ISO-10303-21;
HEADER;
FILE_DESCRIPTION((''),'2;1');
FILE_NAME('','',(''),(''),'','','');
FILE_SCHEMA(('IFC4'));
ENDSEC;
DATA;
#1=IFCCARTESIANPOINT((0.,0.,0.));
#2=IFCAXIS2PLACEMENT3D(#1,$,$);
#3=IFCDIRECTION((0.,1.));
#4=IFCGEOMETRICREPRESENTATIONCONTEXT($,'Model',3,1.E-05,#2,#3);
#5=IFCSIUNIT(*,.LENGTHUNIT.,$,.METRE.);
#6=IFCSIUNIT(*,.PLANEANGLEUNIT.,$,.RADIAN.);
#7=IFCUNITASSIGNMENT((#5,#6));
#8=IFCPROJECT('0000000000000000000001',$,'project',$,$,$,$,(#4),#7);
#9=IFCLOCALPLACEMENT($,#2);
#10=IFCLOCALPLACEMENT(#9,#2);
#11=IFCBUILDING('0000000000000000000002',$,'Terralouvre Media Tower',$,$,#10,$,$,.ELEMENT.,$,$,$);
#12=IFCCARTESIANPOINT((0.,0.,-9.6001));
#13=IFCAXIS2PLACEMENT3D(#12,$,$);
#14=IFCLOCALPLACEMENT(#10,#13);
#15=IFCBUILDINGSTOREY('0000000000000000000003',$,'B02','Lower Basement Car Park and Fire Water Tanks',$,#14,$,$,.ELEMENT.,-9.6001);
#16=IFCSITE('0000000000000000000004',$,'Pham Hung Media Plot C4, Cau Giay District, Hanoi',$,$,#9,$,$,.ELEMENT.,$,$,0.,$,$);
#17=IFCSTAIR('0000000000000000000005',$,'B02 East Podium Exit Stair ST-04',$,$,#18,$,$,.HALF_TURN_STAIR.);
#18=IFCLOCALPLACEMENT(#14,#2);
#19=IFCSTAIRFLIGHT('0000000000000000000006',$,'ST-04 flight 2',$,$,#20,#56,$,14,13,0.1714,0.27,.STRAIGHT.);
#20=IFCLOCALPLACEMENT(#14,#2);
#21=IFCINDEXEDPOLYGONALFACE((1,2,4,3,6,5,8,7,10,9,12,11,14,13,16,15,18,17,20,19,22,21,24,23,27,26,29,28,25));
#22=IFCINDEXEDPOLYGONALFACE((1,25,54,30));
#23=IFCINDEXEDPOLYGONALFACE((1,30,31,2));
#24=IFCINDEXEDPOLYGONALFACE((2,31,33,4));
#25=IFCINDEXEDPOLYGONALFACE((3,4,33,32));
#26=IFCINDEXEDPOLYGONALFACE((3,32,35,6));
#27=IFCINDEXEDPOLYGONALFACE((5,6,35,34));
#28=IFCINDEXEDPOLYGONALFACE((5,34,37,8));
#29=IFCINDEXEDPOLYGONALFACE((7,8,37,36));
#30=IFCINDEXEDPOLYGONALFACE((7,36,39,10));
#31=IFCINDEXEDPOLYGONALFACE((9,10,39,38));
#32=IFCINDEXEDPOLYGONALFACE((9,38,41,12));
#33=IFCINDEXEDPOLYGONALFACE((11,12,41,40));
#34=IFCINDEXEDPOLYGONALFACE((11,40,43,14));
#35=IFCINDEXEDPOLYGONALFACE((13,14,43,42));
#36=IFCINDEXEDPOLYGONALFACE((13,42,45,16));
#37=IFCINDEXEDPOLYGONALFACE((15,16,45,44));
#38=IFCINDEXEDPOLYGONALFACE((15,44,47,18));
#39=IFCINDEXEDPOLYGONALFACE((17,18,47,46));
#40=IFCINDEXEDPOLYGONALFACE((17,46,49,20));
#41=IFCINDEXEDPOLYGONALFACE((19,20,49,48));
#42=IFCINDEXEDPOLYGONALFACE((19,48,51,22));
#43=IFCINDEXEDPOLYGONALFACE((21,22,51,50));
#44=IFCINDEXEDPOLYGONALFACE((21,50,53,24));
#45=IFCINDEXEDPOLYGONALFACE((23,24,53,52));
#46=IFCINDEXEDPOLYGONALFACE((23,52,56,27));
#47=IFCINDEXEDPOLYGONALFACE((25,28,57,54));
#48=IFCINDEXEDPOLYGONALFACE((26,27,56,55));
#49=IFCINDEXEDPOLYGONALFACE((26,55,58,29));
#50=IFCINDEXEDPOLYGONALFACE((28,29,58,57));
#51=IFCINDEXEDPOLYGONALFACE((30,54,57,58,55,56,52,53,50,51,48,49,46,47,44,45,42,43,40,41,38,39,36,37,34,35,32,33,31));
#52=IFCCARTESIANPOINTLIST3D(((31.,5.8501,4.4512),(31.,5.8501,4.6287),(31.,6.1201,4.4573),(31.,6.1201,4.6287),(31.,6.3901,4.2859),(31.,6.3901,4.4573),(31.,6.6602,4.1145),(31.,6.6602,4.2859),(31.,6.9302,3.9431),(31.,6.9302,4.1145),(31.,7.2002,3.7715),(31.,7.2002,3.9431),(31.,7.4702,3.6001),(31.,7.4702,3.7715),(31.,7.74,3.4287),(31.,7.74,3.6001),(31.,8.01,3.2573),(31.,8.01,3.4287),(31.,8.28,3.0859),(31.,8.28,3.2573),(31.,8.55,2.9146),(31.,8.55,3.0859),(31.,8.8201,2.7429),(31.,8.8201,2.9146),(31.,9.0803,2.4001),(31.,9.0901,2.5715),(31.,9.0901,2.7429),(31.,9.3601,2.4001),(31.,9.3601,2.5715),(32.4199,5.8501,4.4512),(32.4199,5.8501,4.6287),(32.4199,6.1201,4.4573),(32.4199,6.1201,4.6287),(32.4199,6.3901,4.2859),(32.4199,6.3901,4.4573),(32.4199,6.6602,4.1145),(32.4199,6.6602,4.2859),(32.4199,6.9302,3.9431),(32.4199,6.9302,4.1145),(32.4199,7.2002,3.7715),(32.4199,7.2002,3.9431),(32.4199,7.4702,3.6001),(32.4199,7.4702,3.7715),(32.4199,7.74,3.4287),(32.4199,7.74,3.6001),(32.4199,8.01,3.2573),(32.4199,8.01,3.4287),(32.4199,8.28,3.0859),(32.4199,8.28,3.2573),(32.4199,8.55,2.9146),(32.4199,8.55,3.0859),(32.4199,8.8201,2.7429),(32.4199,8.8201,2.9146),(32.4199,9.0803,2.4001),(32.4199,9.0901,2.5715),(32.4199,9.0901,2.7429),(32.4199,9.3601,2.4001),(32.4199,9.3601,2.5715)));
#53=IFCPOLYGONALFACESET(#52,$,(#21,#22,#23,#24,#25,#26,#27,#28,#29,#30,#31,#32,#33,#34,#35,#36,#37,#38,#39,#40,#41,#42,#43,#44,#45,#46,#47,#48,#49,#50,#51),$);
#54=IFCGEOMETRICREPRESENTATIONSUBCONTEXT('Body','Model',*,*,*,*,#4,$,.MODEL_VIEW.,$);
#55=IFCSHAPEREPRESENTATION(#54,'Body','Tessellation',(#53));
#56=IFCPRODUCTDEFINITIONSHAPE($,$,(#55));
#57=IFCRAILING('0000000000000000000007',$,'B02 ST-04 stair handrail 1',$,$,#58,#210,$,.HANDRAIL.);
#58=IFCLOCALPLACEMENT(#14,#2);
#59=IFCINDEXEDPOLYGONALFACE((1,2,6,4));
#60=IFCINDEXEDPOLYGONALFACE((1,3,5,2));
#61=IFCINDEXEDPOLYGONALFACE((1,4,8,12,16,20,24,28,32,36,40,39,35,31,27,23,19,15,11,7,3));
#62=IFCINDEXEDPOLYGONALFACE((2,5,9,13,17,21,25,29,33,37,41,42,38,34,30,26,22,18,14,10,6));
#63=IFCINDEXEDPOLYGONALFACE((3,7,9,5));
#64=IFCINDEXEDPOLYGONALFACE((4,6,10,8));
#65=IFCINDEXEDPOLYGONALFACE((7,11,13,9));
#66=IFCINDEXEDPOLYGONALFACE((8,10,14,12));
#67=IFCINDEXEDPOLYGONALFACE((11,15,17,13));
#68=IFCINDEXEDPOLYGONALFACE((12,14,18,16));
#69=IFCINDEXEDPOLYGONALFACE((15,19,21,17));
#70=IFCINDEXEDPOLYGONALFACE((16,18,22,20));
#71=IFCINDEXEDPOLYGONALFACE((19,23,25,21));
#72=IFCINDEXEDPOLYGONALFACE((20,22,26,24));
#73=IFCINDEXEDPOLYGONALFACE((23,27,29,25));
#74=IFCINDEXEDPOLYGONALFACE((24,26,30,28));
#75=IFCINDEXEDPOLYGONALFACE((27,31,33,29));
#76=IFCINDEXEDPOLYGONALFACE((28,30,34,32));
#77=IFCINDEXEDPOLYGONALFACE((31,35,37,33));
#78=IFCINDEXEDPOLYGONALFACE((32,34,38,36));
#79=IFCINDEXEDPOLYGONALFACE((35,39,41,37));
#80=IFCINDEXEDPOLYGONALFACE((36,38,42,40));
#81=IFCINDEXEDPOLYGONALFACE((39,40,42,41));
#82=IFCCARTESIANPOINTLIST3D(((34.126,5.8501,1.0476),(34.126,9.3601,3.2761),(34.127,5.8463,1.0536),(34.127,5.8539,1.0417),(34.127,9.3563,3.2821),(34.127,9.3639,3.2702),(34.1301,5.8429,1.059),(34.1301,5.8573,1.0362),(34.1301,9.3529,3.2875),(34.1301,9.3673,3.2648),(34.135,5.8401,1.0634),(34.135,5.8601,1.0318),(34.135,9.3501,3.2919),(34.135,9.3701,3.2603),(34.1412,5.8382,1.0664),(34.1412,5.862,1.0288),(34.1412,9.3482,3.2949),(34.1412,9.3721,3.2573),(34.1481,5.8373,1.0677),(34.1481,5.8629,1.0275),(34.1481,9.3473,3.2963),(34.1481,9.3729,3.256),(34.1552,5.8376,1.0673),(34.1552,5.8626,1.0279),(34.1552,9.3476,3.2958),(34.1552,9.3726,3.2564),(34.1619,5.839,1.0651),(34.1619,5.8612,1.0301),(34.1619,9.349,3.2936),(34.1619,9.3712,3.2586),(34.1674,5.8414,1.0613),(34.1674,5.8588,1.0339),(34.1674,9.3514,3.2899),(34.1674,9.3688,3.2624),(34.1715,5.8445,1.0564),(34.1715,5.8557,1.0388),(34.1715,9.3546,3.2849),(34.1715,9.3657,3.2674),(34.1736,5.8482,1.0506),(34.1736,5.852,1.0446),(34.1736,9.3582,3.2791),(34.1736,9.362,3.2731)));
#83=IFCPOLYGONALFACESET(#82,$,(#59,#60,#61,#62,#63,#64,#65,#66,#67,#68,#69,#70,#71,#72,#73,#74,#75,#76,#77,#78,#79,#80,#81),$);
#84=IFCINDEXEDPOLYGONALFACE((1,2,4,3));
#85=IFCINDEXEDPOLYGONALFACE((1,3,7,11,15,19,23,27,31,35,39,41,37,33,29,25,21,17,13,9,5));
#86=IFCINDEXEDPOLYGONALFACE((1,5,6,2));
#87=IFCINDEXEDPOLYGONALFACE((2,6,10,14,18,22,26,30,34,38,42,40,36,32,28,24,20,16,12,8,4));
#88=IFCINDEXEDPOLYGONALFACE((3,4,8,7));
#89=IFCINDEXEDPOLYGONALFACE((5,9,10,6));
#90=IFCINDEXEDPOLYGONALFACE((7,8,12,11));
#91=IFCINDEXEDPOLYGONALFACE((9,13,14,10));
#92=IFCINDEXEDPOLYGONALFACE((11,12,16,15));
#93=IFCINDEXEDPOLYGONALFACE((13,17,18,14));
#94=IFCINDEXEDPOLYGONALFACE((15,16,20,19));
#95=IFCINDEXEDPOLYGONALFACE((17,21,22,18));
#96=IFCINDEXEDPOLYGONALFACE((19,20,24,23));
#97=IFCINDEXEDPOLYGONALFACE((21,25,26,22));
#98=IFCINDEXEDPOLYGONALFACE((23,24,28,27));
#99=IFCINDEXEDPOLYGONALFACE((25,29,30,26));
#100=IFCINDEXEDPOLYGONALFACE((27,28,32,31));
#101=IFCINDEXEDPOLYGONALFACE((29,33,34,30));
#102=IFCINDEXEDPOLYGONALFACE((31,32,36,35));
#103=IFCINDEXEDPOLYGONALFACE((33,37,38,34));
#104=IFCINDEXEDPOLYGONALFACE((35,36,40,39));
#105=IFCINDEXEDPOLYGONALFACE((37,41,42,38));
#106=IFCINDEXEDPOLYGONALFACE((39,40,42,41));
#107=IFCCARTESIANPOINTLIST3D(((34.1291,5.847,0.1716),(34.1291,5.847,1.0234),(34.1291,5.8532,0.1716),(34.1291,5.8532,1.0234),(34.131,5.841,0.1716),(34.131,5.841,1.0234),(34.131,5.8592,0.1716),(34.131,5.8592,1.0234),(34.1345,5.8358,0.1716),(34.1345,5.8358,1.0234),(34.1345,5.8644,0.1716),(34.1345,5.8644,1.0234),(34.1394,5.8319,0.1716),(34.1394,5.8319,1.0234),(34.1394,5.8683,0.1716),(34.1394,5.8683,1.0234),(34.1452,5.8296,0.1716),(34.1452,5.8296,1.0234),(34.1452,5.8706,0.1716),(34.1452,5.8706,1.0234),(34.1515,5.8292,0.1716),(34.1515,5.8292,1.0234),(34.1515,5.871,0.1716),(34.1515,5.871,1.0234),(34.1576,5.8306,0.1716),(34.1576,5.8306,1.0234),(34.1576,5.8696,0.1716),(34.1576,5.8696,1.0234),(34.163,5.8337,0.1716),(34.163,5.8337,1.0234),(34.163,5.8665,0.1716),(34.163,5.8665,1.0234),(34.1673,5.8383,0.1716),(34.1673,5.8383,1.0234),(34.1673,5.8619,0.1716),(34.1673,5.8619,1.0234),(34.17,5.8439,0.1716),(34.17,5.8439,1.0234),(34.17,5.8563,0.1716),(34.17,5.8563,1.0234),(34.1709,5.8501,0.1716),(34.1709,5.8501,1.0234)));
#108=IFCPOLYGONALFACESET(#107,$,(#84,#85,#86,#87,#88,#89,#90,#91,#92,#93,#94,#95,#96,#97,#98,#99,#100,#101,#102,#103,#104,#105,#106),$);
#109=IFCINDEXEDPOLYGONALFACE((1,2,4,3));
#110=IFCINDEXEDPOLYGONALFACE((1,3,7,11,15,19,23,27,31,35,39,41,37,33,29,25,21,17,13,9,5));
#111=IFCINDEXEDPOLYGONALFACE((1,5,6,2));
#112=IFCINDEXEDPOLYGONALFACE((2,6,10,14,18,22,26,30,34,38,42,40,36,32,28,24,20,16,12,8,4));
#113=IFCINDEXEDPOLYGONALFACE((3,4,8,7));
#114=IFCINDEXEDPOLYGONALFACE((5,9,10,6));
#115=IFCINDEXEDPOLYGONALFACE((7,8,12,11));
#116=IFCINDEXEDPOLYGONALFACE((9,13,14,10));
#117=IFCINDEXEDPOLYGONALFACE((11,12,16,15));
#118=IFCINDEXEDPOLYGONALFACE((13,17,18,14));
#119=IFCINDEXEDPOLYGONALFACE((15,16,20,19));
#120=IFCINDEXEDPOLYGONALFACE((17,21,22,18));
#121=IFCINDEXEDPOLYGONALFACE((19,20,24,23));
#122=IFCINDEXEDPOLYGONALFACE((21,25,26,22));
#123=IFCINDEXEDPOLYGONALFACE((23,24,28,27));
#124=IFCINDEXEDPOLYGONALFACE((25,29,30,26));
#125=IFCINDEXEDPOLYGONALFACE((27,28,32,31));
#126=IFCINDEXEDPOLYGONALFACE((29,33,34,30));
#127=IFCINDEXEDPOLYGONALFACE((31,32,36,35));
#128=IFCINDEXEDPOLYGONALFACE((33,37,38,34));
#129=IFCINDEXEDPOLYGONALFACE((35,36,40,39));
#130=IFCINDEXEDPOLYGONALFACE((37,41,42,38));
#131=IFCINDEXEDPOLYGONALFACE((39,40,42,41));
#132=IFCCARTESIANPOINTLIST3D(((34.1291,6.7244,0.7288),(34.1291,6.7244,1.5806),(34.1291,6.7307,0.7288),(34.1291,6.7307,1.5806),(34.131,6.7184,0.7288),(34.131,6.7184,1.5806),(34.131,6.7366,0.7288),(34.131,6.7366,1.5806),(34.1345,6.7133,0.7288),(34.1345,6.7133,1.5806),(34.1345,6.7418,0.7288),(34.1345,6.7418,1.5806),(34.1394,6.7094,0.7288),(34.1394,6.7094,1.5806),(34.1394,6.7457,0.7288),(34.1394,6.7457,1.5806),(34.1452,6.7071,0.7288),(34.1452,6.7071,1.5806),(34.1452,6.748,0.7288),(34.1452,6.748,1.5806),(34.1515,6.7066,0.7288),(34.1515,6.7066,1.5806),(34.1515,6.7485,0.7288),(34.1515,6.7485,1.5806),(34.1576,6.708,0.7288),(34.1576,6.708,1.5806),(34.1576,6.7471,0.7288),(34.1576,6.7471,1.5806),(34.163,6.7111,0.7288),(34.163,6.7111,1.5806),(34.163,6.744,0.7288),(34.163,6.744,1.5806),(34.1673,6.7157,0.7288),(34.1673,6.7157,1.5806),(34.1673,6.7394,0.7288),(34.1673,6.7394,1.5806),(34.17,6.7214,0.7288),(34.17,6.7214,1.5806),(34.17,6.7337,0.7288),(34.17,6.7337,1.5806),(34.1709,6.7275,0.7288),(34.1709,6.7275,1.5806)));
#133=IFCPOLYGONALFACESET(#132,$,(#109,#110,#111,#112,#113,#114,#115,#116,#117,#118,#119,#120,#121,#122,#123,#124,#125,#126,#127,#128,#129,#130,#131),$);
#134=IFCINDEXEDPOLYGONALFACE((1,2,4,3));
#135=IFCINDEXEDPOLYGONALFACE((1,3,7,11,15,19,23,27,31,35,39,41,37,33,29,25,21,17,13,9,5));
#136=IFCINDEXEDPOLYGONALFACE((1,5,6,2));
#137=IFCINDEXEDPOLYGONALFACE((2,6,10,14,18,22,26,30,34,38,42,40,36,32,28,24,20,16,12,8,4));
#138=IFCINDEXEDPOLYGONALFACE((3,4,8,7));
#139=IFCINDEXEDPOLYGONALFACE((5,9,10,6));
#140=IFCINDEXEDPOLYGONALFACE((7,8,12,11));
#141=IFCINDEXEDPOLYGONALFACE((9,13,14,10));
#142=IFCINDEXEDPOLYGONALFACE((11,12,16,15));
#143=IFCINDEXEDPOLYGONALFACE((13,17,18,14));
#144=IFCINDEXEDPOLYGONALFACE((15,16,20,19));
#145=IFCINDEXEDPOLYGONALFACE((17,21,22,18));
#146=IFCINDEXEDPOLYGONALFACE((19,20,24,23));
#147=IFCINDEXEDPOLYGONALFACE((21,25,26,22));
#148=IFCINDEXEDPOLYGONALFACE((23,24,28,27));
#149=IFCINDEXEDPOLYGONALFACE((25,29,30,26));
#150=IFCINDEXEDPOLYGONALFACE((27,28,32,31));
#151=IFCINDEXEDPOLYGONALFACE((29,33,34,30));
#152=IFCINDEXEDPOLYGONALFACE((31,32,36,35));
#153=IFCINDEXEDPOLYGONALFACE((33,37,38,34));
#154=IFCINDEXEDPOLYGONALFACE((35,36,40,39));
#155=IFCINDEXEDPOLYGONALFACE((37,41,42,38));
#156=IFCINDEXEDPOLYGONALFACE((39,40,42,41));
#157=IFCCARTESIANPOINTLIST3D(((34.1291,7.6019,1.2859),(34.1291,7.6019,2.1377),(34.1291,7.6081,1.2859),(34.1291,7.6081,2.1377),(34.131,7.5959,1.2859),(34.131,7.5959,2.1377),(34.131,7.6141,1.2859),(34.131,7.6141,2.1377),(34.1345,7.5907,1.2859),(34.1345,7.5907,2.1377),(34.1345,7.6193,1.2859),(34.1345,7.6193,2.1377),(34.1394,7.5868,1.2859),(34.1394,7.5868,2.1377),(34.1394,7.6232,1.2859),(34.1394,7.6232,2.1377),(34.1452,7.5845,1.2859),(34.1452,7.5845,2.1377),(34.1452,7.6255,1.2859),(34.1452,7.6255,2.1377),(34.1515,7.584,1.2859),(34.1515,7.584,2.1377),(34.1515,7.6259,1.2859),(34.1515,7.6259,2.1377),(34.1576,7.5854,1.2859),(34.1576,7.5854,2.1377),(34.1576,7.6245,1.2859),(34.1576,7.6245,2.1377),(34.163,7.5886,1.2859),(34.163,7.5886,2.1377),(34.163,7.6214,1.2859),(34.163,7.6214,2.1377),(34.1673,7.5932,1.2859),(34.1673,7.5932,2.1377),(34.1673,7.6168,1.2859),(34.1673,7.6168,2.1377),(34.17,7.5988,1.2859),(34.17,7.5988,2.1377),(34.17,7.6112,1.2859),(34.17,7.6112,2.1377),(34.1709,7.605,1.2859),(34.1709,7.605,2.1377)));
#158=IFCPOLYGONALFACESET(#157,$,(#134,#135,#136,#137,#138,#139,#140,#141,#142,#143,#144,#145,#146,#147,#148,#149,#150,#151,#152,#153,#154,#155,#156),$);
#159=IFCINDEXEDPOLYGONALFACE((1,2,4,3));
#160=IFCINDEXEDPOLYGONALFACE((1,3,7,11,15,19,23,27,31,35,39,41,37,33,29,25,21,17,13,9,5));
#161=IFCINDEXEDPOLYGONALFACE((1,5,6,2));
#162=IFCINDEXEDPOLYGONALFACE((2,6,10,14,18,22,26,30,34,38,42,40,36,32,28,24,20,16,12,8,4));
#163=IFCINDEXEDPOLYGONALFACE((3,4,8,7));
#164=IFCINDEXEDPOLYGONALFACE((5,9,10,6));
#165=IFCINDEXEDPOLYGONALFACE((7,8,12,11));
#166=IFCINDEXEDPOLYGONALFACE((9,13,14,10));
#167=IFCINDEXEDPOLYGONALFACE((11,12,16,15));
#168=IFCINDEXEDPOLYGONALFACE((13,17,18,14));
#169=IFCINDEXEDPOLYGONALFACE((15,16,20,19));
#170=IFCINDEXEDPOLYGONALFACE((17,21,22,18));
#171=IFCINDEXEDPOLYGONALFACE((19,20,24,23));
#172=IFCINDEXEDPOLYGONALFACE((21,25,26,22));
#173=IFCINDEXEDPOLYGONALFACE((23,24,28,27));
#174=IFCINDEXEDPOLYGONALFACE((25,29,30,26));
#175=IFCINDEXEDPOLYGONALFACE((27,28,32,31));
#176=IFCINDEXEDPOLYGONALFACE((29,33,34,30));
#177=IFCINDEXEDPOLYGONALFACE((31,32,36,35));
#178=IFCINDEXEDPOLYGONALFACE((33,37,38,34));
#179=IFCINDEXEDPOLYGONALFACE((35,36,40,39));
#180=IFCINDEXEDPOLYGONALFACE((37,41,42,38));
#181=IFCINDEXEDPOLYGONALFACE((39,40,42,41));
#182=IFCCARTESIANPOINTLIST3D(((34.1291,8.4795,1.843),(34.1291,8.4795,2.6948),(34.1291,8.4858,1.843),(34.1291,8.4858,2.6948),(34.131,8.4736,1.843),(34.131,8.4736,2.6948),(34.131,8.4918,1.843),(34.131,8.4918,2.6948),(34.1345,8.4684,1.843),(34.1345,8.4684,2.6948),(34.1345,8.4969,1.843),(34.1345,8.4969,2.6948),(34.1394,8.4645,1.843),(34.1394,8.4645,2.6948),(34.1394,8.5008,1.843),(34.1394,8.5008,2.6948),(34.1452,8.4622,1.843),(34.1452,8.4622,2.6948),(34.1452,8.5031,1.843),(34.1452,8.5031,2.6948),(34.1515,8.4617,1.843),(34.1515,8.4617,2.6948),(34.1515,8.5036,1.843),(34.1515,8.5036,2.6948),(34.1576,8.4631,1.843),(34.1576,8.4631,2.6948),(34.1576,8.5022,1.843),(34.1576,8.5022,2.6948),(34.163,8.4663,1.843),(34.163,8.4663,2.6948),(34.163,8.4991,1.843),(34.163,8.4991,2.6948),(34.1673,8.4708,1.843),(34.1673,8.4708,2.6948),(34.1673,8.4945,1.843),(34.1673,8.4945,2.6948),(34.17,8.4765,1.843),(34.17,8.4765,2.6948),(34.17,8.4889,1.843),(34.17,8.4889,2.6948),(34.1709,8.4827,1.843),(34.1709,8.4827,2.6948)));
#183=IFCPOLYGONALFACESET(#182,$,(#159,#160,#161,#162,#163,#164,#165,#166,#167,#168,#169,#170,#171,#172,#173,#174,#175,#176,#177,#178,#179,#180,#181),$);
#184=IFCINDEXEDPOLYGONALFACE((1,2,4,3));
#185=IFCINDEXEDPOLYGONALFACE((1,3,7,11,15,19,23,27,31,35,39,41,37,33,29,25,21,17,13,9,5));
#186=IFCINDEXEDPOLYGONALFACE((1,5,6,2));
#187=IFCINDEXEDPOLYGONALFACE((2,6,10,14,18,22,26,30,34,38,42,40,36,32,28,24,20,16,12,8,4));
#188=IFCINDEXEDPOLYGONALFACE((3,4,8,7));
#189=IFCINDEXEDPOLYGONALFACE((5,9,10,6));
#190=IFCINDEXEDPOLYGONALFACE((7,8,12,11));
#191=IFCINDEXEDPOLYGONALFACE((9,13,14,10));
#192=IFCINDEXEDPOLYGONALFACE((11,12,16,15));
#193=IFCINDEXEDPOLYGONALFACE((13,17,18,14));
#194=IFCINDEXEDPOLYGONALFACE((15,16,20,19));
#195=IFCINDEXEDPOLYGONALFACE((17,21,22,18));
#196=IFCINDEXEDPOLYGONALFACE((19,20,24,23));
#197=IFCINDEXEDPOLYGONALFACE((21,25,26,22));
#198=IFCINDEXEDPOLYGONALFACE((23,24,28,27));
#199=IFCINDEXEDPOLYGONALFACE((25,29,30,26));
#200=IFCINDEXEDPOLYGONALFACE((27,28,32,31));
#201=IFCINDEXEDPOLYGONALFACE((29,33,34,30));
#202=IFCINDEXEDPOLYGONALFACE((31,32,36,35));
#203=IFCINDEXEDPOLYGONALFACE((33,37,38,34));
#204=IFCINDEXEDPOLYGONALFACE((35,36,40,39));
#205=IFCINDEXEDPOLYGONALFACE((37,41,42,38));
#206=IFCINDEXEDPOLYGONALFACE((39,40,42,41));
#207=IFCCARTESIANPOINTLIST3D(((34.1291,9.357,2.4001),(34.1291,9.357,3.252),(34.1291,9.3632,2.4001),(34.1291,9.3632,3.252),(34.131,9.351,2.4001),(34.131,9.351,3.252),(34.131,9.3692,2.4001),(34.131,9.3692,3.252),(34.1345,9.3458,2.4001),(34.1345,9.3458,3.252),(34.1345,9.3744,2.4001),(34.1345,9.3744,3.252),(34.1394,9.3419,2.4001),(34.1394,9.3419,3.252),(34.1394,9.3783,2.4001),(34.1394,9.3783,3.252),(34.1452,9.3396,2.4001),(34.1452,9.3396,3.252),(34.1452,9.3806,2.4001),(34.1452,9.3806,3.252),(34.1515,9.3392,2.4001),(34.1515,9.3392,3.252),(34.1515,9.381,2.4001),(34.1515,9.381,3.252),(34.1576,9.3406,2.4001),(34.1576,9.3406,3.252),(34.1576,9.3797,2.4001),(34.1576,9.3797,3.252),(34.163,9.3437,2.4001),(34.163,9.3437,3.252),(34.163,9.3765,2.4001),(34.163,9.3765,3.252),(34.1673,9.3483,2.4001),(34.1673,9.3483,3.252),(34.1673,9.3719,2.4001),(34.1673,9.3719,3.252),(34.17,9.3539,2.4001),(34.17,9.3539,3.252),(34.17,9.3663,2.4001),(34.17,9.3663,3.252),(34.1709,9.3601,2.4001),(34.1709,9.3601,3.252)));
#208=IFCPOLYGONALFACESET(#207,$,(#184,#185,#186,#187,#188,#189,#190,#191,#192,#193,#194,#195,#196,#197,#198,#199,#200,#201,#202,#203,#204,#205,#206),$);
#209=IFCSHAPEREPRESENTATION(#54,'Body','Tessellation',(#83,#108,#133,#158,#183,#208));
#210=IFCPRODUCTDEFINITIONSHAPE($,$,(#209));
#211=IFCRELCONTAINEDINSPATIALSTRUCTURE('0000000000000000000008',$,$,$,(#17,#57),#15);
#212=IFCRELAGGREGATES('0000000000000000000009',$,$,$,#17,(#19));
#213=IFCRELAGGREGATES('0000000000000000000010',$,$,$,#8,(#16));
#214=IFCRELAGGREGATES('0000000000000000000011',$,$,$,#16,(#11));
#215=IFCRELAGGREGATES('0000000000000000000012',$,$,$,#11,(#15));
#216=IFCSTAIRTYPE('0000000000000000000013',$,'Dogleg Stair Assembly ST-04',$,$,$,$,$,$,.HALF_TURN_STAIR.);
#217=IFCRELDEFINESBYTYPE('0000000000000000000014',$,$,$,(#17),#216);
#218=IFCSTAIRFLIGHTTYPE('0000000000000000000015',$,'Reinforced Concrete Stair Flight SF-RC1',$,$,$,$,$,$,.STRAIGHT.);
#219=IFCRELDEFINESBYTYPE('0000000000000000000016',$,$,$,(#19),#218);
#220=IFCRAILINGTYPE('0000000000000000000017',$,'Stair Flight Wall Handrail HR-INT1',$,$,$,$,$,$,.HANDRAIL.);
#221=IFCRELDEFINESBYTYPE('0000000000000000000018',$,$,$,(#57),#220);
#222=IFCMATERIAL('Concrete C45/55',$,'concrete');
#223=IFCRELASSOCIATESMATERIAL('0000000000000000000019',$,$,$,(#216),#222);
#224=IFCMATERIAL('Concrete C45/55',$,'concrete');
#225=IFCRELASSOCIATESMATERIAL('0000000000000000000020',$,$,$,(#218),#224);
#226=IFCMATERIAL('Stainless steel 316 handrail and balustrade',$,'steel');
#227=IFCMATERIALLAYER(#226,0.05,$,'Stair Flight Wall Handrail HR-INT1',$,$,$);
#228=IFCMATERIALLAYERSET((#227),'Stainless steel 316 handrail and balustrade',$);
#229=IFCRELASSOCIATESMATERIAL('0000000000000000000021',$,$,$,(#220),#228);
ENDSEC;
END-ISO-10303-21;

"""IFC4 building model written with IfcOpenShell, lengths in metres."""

from ifc_helpers import new_model, si_unit, direction, frame, origin, origin_2d, place, context, subcontext, project, spatial, polyline, circle, outline, extrude, material, layer, layer_set, type_object, element, aggregate, save


model = new_model("IFC4")

# Units and contexts
model_context = context("Model", 3, precision=1e-05, world=origin(), true_north=direction((0.0, 1.0)))
body_context = subcontext(model_context, "Body", "Model", "MODEL_VIEW")
ifc_project = project(units=[si_unit("LENGTHUNIT", "METRE"), si_unit("PLANEANGLEUNIT", "RADIAN")], contexts=[model_context])

# Site, building, storey
site_placement = place(None, origin())
site = spatial("IfcSite", under=ifc_project, at=site_placement, Name="Pham Hung Media Plot C4, Cau Giay District, Hanoi", CompositionType="ELEMENT", RefElevation=0.0)
building_placement = place(site_placement, origin())
building = spatial("IfcBuilding", under=site, at=building_placement, Name="Terralouvre Media Tower", CompositionType="ELEMENT")
storey_placement = place(building_placement, frame((0.0, 0.0, -9.6001)))
storey = spatial("IfcBuildingStorey", under=building, at=storey_placement, Name="B02", Description="Lower Basement Car Park and Fire Water Tanks", CompositionType="ELEMENT", Elevation=-9.6001)

# Stair, stair flight
ifc_material_1 = material(Name="Concrete C45/55", Category="concrete")
stair_type = type_object("IfcStairType", Name="Dogleg Stair Assembly ST-04", PredefinedType="HALF_TURN_STAIR", material=ifc_material_1)
stair_placement = place(storey_placement, origin())
stair = element("IfcStair", 1, at=stair_placement, inside=storey, type_object=stair_type, Name="B02 East Podium Exit Stair ST-04", PredefinedType="HALF_TURN_STAIR")
ifc_material_2 = material(Name="Concrete C45/55", Category="concrete")
stair_flight_type = type_object("IfcStairFlightType", Name="Reinforced Concrete Stair Flight SF-RC1", PredefinedType="STRAIGHT", material=ifc_material_2)
stair_flight_1_placement = place(storey_placement, frame((31.71, 9.3601, 2.4001), z_axis=(0.0, 0.0, 1.0), x_axis=(0.0, -1.0, 0.0)))
stair_flight_1 = element("IfcStairFlight", 2, at=stair_flight_1_placement, type_object=stair_flight_type, Name="ST-04 flight 2", NumberOfRisers=14, NumberOfTreads=13, PredefinedType="STRAIGHT", RiserHeight=0.1714, TreadLength=0.27, context=body_context, shape_type="SweptSolid", body=[
    extrude(outline(polyline([(0.0, 0.0), (0.0, 0.1714), (0.27, 0.1714), (0.27, 0.3428), (0.54, 0.3428), (0.54, 0.5144), (0.8101, 0.5144), (0.8101, 0.6858), (1.0801, 0.6858), (1.0801, 0.8572), (1.3501, 0.8572), (1.3501, 1.0286), (1.6201, 1.0286), (1.6201, 1.2), (1.8899, 1.2), (1.8899, 1.3713), (2.1599, 1.3713), (2.1599, 1.543), (2.4299, 1.543), (2.4299, 1.7144), (2.7, 1.7144), (2.7, 1.8857), (2.97, 1.8857), (2.97, 2.0571), (3.24, 2.0571), (3.24, 2.2285), (3.51, 2.2285), (3.51, 2.3999), (3.51, 2.051), (0.2798, 0.0), (0.0, 0.0)])), frame((0.0, 0.71, 0.0), z_axis=(0.0, -1.0, 0.0), x_axis=(1.0, 0.0, 0.0)), (0.0, 0.0, 1.0), 1.4199),
])
aggregate(stair, [stair_flight_1])

# Railing
ifc_material_3 = material(Name="Stainless steel 316 handrail and balustrade", Category="steel")
ifc_layer_1 = layer(ifc_material_3, 0.05, Name="Stair Flight Wall Handrail HR-INT1")
ifc_layer_set_1 = layer_set([ifc_layer_1], Name="Stainless steel 316 handrail and balustrade")
railing_type_1 = type_object("IfcRailingType", Name="Stair Flight Wall Handrail HR-INT1", PredefinedType="HANDRAIL", material=ifc_layer_set_1)
railing_1_placement = place(storey_placement, frame((34.1499, 5.8501, 0.1716)))
element("IfcRailing", 3, at=railing_1_placement, inside=storey, type_object=railing_type_1, Name="B02 ST-04 stair handrail 1", PredefinedType="HANDRAIL", context=body_context, shape_type="SweptSolid", body=[
    extrude(circle(Radius=0.0239, at=origin_2d()), frame((0.0, 0.0, 0.876), z_axis=(0.0, 0.84422, 0.535998), x_axis=(-1.0, 0.0, 0.0)), (0.0, 0.0, 1.0), 4.1577),
    extrude(circle(Radius=0.021, at=origin_2d()), origin(), (0.0, 0.0, 1.0), 0.8518),
    extrude(circle(Radius=0.021, at=origin_2d()), frame((0.0, 0.8774, 0.5571)), (0.0, 0.0, 1.0), 0.8518),
    extrude(circle(Radius=0.021, at=origin_2d()), frame((0.0, 1.7549, 1.1143)), (0.0, 0.0, 1.0), 0.8518),
    extrude(circle(Radius=0.021, at=origin_2d()), frame((0.0, 2.6326, 1.6714)), (0.0, 0.0, 1.0), 0.8518),
    extrude(circle(Radius=0.021, at=origin_2d()), frame((0.0, 3.51, 2.2285)), (0.0, 0.0, 1.0), 0.8518),
])

save(model, "model.ifc")
